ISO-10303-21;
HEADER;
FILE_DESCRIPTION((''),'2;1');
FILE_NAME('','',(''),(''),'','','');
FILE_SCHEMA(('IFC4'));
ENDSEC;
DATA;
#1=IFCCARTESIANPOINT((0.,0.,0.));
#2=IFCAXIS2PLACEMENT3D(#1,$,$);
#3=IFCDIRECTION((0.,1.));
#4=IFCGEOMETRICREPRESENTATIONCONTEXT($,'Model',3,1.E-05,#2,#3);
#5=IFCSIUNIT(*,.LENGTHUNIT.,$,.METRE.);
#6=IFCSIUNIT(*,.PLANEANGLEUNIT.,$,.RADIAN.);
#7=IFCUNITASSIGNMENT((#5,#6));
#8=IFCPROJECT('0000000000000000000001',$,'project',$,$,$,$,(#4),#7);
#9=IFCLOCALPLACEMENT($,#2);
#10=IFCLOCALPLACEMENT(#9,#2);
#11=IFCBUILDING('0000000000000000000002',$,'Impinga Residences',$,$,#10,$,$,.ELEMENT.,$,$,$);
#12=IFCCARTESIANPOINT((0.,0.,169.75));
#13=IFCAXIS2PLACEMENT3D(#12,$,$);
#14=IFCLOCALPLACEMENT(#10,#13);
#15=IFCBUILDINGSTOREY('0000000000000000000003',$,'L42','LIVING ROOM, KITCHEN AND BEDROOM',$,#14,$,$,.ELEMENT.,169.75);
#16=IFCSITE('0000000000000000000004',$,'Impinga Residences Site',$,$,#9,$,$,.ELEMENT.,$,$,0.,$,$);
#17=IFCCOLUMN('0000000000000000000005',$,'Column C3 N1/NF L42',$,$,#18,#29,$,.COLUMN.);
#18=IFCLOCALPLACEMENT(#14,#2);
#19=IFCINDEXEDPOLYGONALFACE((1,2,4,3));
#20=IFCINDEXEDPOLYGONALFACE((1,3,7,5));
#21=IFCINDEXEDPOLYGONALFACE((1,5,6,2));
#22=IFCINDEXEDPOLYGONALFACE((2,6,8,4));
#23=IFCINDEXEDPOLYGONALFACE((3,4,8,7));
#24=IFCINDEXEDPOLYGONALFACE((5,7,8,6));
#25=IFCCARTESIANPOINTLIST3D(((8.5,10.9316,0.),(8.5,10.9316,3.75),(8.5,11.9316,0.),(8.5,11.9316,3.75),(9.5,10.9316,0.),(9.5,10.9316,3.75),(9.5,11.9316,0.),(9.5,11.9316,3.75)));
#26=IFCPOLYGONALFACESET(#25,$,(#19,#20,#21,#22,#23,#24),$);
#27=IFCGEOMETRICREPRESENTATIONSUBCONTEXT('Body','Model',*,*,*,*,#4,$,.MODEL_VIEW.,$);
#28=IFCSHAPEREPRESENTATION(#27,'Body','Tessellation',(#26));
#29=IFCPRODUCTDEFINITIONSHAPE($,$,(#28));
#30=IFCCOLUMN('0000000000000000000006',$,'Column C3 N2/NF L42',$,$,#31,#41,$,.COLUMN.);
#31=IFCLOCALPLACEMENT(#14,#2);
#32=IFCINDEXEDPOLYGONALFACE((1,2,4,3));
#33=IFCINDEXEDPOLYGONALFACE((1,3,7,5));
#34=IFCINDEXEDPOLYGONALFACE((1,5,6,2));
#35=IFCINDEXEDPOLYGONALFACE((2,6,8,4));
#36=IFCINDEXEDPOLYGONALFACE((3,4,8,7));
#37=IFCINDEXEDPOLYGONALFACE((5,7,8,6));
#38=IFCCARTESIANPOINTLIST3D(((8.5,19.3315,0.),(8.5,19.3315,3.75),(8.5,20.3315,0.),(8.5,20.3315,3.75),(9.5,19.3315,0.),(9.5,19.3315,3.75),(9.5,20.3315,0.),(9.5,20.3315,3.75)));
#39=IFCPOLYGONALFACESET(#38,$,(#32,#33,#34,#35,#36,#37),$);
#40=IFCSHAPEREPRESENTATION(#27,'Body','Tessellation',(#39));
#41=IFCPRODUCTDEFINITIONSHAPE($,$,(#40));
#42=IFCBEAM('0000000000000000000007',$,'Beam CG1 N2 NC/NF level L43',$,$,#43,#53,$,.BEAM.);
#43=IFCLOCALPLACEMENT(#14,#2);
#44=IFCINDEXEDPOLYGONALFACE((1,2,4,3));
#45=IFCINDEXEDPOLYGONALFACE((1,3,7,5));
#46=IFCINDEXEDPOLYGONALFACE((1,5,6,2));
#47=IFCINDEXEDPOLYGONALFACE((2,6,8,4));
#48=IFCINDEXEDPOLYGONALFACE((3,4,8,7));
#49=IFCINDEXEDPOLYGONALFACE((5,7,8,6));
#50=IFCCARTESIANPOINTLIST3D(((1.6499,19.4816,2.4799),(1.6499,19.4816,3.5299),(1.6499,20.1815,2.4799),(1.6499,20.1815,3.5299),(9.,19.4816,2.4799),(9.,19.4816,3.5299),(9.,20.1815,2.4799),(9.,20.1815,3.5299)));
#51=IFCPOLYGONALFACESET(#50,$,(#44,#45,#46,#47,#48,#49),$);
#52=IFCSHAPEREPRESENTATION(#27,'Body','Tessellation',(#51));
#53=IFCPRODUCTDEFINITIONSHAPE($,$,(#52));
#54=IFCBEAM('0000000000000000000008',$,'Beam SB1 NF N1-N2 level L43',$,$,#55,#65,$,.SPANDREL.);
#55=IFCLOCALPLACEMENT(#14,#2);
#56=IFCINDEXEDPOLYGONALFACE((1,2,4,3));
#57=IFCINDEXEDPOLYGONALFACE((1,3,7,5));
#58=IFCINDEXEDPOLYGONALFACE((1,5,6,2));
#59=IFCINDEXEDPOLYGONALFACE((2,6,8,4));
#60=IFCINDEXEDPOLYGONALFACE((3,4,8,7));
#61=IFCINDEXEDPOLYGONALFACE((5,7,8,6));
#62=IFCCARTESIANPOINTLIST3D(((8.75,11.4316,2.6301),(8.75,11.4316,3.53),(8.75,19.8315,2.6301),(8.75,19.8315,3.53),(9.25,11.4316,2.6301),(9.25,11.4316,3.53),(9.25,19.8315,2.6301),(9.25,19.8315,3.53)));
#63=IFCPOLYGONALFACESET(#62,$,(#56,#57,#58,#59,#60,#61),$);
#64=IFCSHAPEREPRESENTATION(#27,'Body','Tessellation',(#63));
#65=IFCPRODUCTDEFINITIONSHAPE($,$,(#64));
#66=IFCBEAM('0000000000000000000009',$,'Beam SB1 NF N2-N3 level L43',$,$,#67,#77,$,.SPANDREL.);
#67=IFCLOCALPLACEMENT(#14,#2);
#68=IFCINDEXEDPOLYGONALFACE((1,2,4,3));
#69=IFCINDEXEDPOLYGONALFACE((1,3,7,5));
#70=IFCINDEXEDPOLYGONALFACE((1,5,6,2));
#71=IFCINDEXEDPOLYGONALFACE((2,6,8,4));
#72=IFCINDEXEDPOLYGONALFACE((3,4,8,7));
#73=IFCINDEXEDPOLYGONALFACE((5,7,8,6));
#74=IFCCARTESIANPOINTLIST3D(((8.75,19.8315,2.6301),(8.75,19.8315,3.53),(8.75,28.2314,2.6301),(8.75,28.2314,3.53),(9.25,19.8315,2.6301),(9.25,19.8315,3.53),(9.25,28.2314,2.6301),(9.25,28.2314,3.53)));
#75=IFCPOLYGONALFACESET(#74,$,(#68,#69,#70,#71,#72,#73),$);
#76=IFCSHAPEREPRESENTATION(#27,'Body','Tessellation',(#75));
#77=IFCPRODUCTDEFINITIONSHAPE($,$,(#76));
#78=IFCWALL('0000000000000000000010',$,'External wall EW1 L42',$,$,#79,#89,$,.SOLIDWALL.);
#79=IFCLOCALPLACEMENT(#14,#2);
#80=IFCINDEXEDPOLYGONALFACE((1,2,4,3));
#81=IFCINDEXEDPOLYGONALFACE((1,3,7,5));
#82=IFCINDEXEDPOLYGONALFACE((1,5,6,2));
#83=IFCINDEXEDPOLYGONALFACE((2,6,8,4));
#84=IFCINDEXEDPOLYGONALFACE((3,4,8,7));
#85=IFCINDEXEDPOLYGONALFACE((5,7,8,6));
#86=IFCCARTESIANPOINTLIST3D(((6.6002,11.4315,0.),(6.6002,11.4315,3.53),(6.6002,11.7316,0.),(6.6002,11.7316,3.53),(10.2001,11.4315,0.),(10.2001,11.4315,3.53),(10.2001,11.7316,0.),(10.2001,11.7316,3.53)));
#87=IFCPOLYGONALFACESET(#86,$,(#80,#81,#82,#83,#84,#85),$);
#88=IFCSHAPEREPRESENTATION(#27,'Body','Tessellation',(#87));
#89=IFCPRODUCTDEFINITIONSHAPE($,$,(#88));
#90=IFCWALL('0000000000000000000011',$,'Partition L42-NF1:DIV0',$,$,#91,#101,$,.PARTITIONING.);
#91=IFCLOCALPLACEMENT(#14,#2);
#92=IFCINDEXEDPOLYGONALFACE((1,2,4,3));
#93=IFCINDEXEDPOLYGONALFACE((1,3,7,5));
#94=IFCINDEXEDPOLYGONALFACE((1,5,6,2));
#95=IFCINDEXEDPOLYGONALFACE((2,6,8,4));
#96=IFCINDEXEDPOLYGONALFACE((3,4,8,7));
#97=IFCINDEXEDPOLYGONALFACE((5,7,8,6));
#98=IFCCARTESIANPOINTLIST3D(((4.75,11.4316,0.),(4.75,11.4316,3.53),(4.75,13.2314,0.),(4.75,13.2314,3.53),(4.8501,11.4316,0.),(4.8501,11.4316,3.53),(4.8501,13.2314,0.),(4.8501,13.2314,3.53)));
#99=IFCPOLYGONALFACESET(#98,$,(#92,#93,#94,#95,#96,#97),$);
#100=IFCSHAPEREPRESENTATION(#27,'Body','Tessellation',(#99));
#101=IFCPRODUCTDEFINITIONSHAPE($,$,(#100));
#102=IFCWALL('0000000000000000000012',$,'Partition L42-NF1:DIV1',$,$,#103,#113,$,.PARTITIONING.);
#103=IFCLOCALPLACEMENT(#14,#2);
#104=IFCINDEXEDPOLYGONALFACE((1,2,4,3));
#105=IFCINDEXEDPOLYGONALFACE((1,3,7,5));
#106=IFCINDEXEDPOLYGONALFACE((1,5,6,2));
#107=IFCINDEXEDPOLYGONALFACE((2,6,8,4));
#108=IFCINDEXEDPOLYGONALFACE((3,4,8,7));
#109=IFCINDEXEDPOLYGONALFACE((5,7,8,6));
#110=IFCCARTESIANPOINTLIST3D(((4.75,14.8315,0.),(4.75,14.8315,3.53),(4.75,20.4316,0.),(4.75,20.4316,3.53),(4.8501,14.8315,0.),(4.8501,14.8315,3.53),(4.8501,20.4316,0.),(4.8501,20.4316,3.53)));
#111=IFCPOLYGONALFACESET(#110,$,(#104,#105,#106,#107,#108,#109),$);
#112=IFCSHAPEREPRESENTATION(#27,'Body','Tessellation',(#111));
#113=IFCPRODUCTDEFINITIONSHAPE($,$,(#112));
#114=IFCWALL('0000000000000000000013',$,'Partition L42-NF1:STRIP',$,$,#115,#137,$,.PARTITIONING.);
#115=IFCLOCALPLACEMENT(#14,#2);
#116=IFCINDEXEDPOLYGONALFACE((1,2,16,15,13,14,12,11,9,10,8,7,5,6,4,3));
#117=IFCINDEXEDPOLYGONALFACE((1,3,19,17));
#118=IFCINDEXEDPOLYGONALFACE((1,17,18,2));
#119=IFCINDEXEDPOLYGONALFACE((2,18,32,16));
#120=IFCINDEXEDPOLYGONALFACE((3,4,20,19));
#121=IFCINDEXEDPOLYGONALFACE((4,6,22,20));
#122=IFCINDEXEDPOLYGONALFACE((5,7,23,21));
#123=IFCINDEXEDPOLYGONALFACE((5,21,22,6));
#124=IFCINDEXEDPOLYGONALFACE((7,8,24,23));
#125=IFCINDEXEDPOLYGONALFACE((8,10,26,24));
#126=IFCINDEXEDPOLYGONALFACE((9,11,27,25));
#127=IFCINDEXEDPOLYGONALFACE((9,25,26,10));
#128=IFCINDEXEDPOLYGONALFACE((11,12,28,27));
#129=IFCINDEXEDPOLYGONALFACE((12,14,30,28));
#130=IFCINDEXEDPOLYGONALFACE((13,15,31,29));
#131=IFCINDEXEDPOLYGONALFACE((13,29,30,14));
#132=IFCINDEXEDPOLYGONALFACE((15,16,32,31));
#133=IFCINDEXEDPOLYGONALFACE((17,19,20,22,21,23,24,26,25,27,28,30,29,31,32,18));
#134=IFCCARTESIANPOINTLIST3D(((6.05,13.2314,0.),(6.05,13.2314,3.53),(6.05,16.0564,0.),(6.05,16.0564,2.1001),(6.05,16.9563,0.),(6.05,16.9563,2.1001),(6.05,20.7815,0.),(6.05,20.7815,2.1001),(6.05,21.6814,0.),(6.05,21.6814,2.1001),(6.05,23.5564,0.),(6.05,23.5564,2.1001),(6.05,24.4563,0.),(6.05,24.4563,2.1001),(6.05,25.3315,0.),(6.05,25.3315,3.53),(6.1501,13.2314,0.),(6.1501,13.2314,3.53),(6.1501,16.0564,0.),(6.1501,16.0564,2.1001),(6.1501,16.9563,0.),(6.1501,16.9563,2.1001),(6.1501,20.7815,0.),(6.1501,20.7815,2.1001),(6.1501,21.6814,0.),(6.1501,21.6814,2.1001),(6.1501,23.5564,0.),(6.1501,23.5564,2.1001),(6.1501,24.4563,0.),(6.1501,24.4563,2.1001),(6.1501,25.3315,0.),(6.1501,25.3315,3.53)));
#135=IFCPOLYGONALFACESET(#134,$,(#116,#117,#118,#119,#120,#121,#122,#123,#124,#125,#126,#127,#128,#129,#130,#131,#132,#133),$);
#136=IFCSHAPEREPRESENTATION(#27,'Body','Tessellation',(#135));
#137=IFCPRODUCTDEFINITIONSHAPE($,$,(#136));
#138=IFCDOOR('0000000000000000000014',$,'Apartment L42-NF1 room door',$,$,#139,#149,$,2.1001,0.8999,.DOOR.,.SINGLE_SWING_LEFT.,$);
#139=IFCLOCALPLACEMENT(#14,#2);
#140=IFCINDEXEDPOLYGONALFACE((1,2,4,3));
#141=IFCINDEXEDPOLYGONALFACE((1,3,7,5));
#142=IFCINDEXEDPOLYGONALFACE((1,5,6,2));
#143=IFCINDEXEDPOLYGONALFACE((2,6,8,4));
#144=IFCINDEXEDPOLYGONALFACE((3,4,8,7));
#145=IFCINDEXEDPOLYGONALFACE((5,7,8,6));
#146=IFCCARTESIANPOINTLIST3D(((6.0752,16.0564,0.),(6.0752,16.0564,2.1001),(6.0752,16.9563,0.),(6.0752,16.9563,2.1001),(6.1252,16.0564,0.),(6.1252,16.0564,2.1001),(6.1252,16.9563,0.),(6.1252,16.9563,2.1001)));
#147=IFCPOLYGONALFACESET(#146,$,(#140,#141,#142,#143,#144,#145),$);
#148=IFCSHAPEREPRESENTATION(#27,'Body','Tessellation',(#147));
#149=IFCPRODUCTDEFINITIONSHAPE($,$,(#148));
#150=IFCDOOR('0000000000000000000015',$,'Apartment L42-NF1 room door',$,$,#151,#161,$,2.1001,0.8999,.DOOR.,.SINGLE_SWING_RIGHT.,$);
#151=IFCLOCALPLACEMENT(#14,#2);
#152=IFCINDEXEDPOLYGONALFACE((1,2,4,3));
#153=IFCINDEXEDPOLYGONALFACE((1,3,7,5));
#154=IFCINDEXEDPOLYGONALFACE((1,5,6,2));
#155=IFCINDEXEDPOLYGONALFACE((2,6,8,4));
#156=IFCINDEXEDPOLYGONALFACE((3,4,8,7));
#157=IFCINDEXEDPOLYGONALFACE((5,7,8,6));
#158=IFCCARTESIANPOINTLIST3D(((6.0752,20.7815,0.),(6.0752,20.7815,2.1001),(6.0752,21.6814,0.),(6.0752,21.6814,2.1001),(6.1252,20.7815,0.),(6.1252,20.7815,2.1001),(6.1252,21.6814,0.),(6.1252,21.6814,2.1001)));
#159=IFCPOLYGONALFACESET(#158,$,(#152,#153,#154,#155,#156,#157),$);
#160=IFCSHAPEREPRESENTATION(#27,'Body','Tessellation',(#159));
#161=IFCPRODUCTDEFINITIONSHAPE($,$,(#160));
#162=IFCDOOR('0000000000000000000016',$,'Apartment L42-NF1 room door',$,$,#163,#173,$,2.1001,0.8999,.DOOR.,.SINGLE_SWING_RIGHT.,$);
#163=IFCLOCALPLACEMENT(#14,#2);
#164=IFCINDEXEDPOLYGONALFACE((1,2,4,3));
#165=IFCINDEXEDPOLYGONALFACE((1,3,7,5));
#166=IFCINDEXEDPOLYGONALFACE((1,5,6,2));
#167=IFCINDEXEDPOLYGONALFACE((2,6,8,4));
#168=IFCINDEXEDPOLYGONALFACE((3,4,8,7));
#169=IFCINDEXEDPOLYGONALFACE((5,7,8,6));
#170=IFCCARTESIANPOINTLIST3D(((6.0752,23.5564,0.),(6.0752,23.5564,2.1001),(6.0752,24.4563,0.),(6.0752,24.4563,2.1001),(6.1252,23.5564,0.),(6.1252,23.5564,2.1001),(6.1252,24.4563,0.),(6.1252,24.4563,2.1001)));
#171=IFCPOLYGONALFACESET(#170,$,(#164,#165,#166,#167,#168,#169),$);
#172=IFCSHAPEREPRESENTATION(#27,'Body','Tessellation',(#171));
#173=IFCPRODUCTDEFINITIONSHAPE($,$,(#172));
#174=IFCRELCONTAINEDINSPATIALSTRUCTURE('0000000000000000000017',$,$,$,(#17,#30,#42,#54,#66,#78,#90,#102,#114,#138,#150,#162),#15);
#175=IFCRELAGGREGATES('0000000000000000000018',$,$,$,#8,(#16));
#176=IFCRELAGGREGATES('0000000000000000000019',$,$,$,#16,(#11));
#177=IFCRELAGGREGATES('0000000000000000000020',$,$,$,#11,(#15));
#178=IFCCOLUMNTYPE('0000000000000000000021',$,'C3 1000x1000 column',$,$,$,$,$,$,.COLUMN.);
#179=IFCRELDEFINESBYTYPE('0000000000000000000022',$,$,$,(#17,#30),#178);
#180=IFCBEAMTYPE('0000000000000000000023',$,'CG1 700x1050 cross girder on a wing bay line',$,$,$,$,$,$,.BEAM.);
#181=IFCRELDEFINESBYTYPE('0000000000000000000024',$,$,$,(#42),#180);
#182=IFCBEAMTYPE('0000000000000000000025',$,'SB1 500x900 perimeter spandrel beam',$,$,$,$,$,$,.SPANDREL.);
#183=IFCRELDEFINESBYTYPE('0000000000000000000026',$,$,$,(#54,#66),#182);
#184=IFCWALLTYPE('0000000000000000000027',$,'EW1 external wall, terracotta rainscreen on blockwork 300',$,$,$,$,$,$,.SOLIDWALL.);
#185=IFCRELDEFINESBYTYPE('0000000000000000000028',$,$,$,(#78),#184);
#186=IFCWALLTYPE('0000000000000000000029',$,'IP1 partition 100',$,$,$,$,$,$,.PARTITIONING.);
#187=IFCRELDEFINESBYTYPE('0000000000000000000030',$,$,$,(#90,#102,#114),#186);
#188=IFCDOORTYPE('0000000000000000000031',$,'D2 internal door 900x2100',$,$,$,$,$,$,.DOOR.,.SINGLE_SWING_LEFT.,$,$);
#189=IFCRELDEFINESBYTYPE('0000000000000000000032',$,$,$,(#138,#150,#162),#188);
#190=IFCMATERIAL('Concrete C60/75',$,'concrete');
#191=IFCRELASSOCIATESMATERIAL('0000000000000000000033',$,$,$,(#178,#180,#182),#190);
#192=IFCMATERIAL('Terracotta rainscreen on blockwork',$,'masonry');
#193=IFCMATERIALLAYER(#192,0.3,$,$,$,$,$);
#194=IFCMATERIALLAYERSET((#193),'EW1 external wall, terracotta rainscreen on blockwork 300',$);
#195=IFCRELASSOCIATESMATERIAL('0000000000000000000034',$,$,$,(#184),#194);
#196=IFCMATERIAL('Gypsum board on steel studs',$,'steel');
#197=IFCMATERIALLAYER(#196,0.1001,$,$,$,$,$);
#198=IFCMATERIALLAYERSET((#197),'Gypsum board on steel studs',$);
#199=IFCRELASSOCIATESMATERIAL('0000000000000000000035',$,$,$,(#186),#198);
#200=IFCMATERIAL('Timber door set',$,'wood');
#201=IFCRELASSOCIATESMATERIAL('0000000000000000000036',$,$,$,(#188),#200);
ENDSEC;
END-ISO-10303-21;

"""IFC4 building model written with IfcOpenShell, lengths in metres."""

from ifc_helpers import new_model, si_unit, direction, frame, frame_2d, origin, origin_2d, place, context, subcontext, project, spatial, rectangle, extrude, material, layer, layer_set, material_profile, profile_set, type_object, element, fill, save


model = new_model("IFC4")

# Units and contexts
model_context = context("Model", 3, precision=1e-05, world=origin(), true_north=direction((0.0, 1.0)))
body_context = subcontext(model_context, "Body", "Model", "MODEL_VIEW")
ifc_project = project(units=[si_unit("LENGTHUNIT", "METRE"), si_unit("PLANEANGLEUNIT", "RADIAN")], contexts=[model_context])

# Site, building, storey
site_placement = place(None, origin())
site = spatial("IfcSite", under=ifc_project, at=site_placement, Name="Impinga Residences Site", CompositionType="ELEMENT", RefElevation=0.0)
building_placement = place(site_placement, origin())
building = spatial("IfcBuilding", under=site, at=building_placement, Name="Impinga Residences", CompositionType="ELEMENT")
storey_placement = place(building_placement, frame((0.0, 0.0, 169.75)))
storey = spatial("IfcBuildingStorey", under=building, at=storey_placement, Name="L42", Description="LIVING ROOM, KITCHEN AND BEDROOM", CompositionType="ELEMENT", Elevation=169.75)

# Columns
ifc_material_1 = material(Name="Concrete C60/75", Category="concrete")
ifc_material_profile_1 = material_profile(ifc_material_1, rectangle(XDim=1.0, YDim=1.0, at=origin_2d()), Name="RC 1000x1000")
ifc_profile_set_1 = profile_set([ifc_material_profile_1], Name="Concrete C60/75")
column_type = type_object("IfcColumnType", Name="C3 1000x1000 column", PredefinedType="COLUMN", material=ifc_profile_set_1)
for number, where, z_axis, x_axis, name in (
    (1, (9.0, 11.4316, 0.0), (0.0, 0.0, 1.0), (1.0, 0.0, 0.0), "Column C3 N1/NF L42"),
    (2, (9.0, 19.8315, 0.0), (0.0, 0.0, 1.0), (1.0, 0.0, 0.0), "Column C3 N2/NF L42"),
):
    element("IfcColumn", number, at=place(storey_placement, frame(where, z_axis=z_axis, x_axis=x_axis)), inside=storey, type_object=column_type, Name=name, PredefinedType="COLUMN", context=body_context, shape_type="SweptSolid", body=[
        extrude(rectangle(XDim=1.0, YDim=1.0, at=origin_2d()), origin(), (0.0, 0.0, 1.0), 3.75),
    ])

# Beams
ifc_material_profile_2 = material_profile(ifc_material_1, rectangle(XDim=0.7, YDim=1.05, at=origin_2d()), Name="RC 700x1050")
ifc_profile_set_2 = profile_set([ifc_material_profile_2], Name="Concrete C60/75")
beam_type_1 = type_object("IfcBeamType", Name="CG1 700x1050 cross girder on a wing bay line", PredefinedType="BEAM", material=ifc_profile_set_2)
beam_placement = place(storey_placement, frame((1.6499, 19.8315, 3.0049), z_axis=(1.0, 0.0, 0.0), x_axis=(0.0, 1.0, 0.0)))
element("IfcBeam", 3, at=beam_placement, inside=storey, type_object=beam_type_1, Name="Beam CG1 N2 NC/NF level L43", PredefinedType="BEAM", context=body_context, shape_type="SweptSolid", body=[
    extrude(rectangle(XDim=0.7, YDim=1.05, at=origin_2d()), origin(), (0.0, 0.0, 1.0), 7.3501),
])
ifc_material_profile_3 = material_profile(ifc_material_1, rectangle(XDim=0.5, YDim=0.8999, at=origin_2d()), Name="RC 500x900")
ifc_profile_set_3 = profile_set([ifc_material_profile_3], Name="Concrete C60/75")
beam_type_2 = type_object("IfcBeamType", Name="SB1 500x900 perimeter spandrel beam", PredefinedType="SPANDREL", material=ifc_profile_set_3)
for number, where, z_axis, x_axis, name in (
    (4, (9.0, 11.4316, 3.0801), (0.0, 1.0, 0.0), (-1.0, 0.0, 0.0), "Beam SB1 NF N1-N2 level L43"),
    (5, (9.0, 19.8315, 3.0801), (0.0, 1.0, 0.0), (-1.0, 0.0, 0.0), "Beam SB1 NF N2-N3 level L43"),
):
    element("IfcBeam", number, at=place(storey_placement, frame(where, z_axis=z_axis, x_axis=x_axis)), inside=storey, type_object=beam_type_2, Name=name, PredefinedType="SPANDREL", context=body_context, shape_type="SweptSolid", body=[
        extrude(rectangle(XDim=0.5, YDim=0.8999, at=origin_2d()), origin(), (0.0, 0.0, 1.0), 8.3999),
    ])

# Walls
ifc_material_2 = material(Name="Terracotta rainscreen on blockwork", Category="masonry")
ifc_layer_1 = layer(ifc_material_2, 0.3)
ifc_layer_set_1 = layer_set([ifc_layer_1], Name="EW1 external wall, terracotta rainscreen on blockwork 300")
wall_type_1 = type_object("IfcWallType", Name="EW1 external wall, terracotta rainscreen on blockwork 300", PredefinedType="SOLIDWALL", material=ifc_layer_set_1)
wall_1_placement = place(storey_placement, frame((10.2, 11.5815, 0.0), z_axis=(0.0, 0.0, 1.0), x_axis=(-1.0, 0.0, 0.0)))
element("IfcWall", 6, at=wall_1_placement, inside=storey, type_object=wall_type_1, Name="External wall EW1 L42", PredefinedType="SOLIDWALL", context=body_context, shape_type="SweptSolid", body=[
    extrude(rectangle(XDim=3.5999, YDim=0.3, at=frame_2d((1.7998, 0.0))), origin(), (0.0, 0.0, 1.0), 3.53),
])
ifc_material_3 = material(Name="Gypsum board on steel studs", Category="steel")
ifc_layer_2 = layer(ifc_material_3, 0.1001)
ifc_layer_set_2 = layer_set([ifc_layer_2], Name="Gypsum board on steel studs")
wall_type_2 = type_object("IfcWallType", Name="IP1 partition 100", PredefinedType="PARTITIONING", material=ifc_layer_set_2)
wall_2_placement = place(storey_placement, frame((4.8, 11.4316, 0.0), z_axis=(0.0, 0.0, 1.0), x_axis=(0.0, 1.0, 0.0)))
element("IfcWall", 7, at=wall_2_placement, inside=storey, type_object=wall_type_2, Name="Partition L42-NF1:DIV0", PredefinedType="PARTITIONING", context=body_context, shape_type="SweptSolid", body=[
    extrude(rectangle(XDim=1.7998, YDim=0.1001, at=frame_2d((0.8999, 0.0))), origin(), (0.0, 0.0, 1.0), 3.53),
])
wall_3_placement = place(storey_placement, frame((4.8, 14.8315, 0.0), z_axis=(0.0, 0.0, 1.0), x_axis=(0.0, 1.0, 0.0)))
element("IfcWall", 8, at=wall_3_placement, inside=storey, type_object=wall_type_2, Name="Partition L42-NF1:DIV1", PredefinedType="PARTITIONING", context=body_context, shape_type="SweptSolid", body=[
    extrude(rectangle(XDim=5.6001, YDim=0.1001, at=frame_2d((2.8, 0.0))), origin(), (0.0, 0.0, 1.0), 3.53),
])

# Wall, openings, doors
wall_4_placement = place(storey_placement, frame((6.1001, 13.2314, 0.0), z_axis=(0.0, 0.0, 1.0), x_axis=(0.0, 1.0, 0.0)))
wall_4 = element("IfcWall", 9, at=wall_4_placement, inside=storey, type_object=wall_type_2, Name="Partition L42-NF1:STRIP", PredefinedType="PARTITIONING", context=body_context, shape_type="SweptSolid", body=[
    extrude(rectangle(XDim=12.1001, YDim=0.1001, at=frame_2d((6.05, 0.0))), origin(), (0.0, 0.0, 1.0), 3.53),
])
opening_1_placement = place(wall_4_placement, frame((2.825, 0.0, 0.0)))
opening_1 = element("IfcOpeningElement", 10, at=opening_1_placement, cuts=wall_4, PredefinedType="OPENING", context=body_context, shape_type="SweptSolid", body=[
    extrude(rectangle(XDim=0.8999, YDim=2.1001, at=frame_2d((0.45, 1.05))), frame((0.0, 0.0601, 0.0), z_axis=(0.0, -1.0, 0.0), x_axis=(1.0, 0.0, 0.0)), (0.0, 0.0, 1.0), 0.1201),
])
opening_2_placement = place(wall_4_placement, frame((7.55, 0.0, 0.0)))
opening_2 = element("IfcOpeningElement", 11, at=opening_2_placement, cuts=wall_4, PredefinedType="OPENING", context=body_context, shape_type="SweptSolid", body=[
    extrude(rectangle(XDim=0.8999, YDim=2.1001, at=frame_2d((0.45, 1.05))), frame((0.0, 0.0601, 0.0), z_axis=(0.0, -1.0, 0.0), x_axis=(1.0, 0.0, 0.0)), (0.0, 0.0, 1.0), 0.1201),
])
opening_3_placement = place(wall_4_placement, frame((10.325, 0.0, 0.0)))
opening_3 = element("IfcOpeningElement", 12, at=opening_3_placement, cuts=wall_4, PredefinedType="OPENING", context=body_context, shape_type="SweptSolid", body=[
    extrude(rectangle(XDim=0.8999, YDim=2.1001, at=frame_2d((0.45, 1.05))), frame((0.0, 0.0601, 0.0), z_axis=(0.0, -1.0, 0.0), x_axis=(1.0, 0.0, 0.0)), (0.0, 0.0, 1.0), 0.1201),
])
ifc_material_4 = material(Name="Timber door set", Category="wood")
door_type = type_object("IfcDoorType", Name="D2 internal door 900x2100", OperationType="SINGLE_SWING_LEFT", PredefinedType="DOOR", material=ifc_material_4)
door_1_placement = place(opening_1_placement, origin())
door_1 = element("IfcDoor", 13, at=door_1_placement, inside=storey, type_object=door_type, Name="Apartment L42-NF1 room door", OperationType="SINGLE_SWING_LEFT", OverallHeight=2.1001, OverallWidth=0.8999, PredefinedType="DOOR", context=body_context, shape_type="SweptSolid", body=[
    extrude(rectangle(XDim=0.8999, YDim=2.1001, at=frame_2d((0.45, 1.05))), frame((0.0, 0.0249, 0.0), z_axis=(0.0, -1.0, 0.0), x_axis=(1.0, 0.0, 0.0)), (0.0, 0.0, 1.0), 0.05),
])
fill(opening_1, door_1)
door_2_placement = place(opening_2_placement, origin())
door_2 = element("IfcDoor", 14, at=door_2_placement, inside=storey, type_object=door_type, Name="Apartment L42-NF1 room door", OperationType="SINGLE_SWING_RIGHT", OverallHeight=2.1001, OverallWidth=0.8999, PredefinedType="DOOR", context=body_context, shape_type="SweptSolid", body=[
    extrude(rectangle(XDim=0.8999, YDim=2.1001, at=frame_2d((0.45, 1.05))), frame((0.0, 0.0249, 0.0), z_axis=(0.0, -1.0, 0.0), x_axis=(1.0, 0.0, 0.0)), (0.0, 0.0, 1.0), 0.05),
])
fill(opening_2, door_2)
door_3_placement = place(opening_3_placement, origin())
door_3 = element("IfcDoor", 15, at=door_3_placement, inside=storey, type_object=door_type, Name="Apartment L42-NF1 room door", OperationType="SINGLE_SWING_RIGHT", OverallHeight=2.1001, OverallWidth=0.8999, PredefinedType="DOOR", context=body_context, shape_type="SweptSolid", body=[
    extrude(rectangle(XDim=0.8999, YDim=2.1001, at=frame_2d((0.45, 1.05))), frame((0.0, 0.0249, 0.0), z_axis=(0.0, -1.0, 0.0), x_axis=(1.0, 0.0, 0.0)), (0.0, 0.0, 1.0), 0.05),
])
fill(opening_3, door_3)

save(model, "model.ifc")
